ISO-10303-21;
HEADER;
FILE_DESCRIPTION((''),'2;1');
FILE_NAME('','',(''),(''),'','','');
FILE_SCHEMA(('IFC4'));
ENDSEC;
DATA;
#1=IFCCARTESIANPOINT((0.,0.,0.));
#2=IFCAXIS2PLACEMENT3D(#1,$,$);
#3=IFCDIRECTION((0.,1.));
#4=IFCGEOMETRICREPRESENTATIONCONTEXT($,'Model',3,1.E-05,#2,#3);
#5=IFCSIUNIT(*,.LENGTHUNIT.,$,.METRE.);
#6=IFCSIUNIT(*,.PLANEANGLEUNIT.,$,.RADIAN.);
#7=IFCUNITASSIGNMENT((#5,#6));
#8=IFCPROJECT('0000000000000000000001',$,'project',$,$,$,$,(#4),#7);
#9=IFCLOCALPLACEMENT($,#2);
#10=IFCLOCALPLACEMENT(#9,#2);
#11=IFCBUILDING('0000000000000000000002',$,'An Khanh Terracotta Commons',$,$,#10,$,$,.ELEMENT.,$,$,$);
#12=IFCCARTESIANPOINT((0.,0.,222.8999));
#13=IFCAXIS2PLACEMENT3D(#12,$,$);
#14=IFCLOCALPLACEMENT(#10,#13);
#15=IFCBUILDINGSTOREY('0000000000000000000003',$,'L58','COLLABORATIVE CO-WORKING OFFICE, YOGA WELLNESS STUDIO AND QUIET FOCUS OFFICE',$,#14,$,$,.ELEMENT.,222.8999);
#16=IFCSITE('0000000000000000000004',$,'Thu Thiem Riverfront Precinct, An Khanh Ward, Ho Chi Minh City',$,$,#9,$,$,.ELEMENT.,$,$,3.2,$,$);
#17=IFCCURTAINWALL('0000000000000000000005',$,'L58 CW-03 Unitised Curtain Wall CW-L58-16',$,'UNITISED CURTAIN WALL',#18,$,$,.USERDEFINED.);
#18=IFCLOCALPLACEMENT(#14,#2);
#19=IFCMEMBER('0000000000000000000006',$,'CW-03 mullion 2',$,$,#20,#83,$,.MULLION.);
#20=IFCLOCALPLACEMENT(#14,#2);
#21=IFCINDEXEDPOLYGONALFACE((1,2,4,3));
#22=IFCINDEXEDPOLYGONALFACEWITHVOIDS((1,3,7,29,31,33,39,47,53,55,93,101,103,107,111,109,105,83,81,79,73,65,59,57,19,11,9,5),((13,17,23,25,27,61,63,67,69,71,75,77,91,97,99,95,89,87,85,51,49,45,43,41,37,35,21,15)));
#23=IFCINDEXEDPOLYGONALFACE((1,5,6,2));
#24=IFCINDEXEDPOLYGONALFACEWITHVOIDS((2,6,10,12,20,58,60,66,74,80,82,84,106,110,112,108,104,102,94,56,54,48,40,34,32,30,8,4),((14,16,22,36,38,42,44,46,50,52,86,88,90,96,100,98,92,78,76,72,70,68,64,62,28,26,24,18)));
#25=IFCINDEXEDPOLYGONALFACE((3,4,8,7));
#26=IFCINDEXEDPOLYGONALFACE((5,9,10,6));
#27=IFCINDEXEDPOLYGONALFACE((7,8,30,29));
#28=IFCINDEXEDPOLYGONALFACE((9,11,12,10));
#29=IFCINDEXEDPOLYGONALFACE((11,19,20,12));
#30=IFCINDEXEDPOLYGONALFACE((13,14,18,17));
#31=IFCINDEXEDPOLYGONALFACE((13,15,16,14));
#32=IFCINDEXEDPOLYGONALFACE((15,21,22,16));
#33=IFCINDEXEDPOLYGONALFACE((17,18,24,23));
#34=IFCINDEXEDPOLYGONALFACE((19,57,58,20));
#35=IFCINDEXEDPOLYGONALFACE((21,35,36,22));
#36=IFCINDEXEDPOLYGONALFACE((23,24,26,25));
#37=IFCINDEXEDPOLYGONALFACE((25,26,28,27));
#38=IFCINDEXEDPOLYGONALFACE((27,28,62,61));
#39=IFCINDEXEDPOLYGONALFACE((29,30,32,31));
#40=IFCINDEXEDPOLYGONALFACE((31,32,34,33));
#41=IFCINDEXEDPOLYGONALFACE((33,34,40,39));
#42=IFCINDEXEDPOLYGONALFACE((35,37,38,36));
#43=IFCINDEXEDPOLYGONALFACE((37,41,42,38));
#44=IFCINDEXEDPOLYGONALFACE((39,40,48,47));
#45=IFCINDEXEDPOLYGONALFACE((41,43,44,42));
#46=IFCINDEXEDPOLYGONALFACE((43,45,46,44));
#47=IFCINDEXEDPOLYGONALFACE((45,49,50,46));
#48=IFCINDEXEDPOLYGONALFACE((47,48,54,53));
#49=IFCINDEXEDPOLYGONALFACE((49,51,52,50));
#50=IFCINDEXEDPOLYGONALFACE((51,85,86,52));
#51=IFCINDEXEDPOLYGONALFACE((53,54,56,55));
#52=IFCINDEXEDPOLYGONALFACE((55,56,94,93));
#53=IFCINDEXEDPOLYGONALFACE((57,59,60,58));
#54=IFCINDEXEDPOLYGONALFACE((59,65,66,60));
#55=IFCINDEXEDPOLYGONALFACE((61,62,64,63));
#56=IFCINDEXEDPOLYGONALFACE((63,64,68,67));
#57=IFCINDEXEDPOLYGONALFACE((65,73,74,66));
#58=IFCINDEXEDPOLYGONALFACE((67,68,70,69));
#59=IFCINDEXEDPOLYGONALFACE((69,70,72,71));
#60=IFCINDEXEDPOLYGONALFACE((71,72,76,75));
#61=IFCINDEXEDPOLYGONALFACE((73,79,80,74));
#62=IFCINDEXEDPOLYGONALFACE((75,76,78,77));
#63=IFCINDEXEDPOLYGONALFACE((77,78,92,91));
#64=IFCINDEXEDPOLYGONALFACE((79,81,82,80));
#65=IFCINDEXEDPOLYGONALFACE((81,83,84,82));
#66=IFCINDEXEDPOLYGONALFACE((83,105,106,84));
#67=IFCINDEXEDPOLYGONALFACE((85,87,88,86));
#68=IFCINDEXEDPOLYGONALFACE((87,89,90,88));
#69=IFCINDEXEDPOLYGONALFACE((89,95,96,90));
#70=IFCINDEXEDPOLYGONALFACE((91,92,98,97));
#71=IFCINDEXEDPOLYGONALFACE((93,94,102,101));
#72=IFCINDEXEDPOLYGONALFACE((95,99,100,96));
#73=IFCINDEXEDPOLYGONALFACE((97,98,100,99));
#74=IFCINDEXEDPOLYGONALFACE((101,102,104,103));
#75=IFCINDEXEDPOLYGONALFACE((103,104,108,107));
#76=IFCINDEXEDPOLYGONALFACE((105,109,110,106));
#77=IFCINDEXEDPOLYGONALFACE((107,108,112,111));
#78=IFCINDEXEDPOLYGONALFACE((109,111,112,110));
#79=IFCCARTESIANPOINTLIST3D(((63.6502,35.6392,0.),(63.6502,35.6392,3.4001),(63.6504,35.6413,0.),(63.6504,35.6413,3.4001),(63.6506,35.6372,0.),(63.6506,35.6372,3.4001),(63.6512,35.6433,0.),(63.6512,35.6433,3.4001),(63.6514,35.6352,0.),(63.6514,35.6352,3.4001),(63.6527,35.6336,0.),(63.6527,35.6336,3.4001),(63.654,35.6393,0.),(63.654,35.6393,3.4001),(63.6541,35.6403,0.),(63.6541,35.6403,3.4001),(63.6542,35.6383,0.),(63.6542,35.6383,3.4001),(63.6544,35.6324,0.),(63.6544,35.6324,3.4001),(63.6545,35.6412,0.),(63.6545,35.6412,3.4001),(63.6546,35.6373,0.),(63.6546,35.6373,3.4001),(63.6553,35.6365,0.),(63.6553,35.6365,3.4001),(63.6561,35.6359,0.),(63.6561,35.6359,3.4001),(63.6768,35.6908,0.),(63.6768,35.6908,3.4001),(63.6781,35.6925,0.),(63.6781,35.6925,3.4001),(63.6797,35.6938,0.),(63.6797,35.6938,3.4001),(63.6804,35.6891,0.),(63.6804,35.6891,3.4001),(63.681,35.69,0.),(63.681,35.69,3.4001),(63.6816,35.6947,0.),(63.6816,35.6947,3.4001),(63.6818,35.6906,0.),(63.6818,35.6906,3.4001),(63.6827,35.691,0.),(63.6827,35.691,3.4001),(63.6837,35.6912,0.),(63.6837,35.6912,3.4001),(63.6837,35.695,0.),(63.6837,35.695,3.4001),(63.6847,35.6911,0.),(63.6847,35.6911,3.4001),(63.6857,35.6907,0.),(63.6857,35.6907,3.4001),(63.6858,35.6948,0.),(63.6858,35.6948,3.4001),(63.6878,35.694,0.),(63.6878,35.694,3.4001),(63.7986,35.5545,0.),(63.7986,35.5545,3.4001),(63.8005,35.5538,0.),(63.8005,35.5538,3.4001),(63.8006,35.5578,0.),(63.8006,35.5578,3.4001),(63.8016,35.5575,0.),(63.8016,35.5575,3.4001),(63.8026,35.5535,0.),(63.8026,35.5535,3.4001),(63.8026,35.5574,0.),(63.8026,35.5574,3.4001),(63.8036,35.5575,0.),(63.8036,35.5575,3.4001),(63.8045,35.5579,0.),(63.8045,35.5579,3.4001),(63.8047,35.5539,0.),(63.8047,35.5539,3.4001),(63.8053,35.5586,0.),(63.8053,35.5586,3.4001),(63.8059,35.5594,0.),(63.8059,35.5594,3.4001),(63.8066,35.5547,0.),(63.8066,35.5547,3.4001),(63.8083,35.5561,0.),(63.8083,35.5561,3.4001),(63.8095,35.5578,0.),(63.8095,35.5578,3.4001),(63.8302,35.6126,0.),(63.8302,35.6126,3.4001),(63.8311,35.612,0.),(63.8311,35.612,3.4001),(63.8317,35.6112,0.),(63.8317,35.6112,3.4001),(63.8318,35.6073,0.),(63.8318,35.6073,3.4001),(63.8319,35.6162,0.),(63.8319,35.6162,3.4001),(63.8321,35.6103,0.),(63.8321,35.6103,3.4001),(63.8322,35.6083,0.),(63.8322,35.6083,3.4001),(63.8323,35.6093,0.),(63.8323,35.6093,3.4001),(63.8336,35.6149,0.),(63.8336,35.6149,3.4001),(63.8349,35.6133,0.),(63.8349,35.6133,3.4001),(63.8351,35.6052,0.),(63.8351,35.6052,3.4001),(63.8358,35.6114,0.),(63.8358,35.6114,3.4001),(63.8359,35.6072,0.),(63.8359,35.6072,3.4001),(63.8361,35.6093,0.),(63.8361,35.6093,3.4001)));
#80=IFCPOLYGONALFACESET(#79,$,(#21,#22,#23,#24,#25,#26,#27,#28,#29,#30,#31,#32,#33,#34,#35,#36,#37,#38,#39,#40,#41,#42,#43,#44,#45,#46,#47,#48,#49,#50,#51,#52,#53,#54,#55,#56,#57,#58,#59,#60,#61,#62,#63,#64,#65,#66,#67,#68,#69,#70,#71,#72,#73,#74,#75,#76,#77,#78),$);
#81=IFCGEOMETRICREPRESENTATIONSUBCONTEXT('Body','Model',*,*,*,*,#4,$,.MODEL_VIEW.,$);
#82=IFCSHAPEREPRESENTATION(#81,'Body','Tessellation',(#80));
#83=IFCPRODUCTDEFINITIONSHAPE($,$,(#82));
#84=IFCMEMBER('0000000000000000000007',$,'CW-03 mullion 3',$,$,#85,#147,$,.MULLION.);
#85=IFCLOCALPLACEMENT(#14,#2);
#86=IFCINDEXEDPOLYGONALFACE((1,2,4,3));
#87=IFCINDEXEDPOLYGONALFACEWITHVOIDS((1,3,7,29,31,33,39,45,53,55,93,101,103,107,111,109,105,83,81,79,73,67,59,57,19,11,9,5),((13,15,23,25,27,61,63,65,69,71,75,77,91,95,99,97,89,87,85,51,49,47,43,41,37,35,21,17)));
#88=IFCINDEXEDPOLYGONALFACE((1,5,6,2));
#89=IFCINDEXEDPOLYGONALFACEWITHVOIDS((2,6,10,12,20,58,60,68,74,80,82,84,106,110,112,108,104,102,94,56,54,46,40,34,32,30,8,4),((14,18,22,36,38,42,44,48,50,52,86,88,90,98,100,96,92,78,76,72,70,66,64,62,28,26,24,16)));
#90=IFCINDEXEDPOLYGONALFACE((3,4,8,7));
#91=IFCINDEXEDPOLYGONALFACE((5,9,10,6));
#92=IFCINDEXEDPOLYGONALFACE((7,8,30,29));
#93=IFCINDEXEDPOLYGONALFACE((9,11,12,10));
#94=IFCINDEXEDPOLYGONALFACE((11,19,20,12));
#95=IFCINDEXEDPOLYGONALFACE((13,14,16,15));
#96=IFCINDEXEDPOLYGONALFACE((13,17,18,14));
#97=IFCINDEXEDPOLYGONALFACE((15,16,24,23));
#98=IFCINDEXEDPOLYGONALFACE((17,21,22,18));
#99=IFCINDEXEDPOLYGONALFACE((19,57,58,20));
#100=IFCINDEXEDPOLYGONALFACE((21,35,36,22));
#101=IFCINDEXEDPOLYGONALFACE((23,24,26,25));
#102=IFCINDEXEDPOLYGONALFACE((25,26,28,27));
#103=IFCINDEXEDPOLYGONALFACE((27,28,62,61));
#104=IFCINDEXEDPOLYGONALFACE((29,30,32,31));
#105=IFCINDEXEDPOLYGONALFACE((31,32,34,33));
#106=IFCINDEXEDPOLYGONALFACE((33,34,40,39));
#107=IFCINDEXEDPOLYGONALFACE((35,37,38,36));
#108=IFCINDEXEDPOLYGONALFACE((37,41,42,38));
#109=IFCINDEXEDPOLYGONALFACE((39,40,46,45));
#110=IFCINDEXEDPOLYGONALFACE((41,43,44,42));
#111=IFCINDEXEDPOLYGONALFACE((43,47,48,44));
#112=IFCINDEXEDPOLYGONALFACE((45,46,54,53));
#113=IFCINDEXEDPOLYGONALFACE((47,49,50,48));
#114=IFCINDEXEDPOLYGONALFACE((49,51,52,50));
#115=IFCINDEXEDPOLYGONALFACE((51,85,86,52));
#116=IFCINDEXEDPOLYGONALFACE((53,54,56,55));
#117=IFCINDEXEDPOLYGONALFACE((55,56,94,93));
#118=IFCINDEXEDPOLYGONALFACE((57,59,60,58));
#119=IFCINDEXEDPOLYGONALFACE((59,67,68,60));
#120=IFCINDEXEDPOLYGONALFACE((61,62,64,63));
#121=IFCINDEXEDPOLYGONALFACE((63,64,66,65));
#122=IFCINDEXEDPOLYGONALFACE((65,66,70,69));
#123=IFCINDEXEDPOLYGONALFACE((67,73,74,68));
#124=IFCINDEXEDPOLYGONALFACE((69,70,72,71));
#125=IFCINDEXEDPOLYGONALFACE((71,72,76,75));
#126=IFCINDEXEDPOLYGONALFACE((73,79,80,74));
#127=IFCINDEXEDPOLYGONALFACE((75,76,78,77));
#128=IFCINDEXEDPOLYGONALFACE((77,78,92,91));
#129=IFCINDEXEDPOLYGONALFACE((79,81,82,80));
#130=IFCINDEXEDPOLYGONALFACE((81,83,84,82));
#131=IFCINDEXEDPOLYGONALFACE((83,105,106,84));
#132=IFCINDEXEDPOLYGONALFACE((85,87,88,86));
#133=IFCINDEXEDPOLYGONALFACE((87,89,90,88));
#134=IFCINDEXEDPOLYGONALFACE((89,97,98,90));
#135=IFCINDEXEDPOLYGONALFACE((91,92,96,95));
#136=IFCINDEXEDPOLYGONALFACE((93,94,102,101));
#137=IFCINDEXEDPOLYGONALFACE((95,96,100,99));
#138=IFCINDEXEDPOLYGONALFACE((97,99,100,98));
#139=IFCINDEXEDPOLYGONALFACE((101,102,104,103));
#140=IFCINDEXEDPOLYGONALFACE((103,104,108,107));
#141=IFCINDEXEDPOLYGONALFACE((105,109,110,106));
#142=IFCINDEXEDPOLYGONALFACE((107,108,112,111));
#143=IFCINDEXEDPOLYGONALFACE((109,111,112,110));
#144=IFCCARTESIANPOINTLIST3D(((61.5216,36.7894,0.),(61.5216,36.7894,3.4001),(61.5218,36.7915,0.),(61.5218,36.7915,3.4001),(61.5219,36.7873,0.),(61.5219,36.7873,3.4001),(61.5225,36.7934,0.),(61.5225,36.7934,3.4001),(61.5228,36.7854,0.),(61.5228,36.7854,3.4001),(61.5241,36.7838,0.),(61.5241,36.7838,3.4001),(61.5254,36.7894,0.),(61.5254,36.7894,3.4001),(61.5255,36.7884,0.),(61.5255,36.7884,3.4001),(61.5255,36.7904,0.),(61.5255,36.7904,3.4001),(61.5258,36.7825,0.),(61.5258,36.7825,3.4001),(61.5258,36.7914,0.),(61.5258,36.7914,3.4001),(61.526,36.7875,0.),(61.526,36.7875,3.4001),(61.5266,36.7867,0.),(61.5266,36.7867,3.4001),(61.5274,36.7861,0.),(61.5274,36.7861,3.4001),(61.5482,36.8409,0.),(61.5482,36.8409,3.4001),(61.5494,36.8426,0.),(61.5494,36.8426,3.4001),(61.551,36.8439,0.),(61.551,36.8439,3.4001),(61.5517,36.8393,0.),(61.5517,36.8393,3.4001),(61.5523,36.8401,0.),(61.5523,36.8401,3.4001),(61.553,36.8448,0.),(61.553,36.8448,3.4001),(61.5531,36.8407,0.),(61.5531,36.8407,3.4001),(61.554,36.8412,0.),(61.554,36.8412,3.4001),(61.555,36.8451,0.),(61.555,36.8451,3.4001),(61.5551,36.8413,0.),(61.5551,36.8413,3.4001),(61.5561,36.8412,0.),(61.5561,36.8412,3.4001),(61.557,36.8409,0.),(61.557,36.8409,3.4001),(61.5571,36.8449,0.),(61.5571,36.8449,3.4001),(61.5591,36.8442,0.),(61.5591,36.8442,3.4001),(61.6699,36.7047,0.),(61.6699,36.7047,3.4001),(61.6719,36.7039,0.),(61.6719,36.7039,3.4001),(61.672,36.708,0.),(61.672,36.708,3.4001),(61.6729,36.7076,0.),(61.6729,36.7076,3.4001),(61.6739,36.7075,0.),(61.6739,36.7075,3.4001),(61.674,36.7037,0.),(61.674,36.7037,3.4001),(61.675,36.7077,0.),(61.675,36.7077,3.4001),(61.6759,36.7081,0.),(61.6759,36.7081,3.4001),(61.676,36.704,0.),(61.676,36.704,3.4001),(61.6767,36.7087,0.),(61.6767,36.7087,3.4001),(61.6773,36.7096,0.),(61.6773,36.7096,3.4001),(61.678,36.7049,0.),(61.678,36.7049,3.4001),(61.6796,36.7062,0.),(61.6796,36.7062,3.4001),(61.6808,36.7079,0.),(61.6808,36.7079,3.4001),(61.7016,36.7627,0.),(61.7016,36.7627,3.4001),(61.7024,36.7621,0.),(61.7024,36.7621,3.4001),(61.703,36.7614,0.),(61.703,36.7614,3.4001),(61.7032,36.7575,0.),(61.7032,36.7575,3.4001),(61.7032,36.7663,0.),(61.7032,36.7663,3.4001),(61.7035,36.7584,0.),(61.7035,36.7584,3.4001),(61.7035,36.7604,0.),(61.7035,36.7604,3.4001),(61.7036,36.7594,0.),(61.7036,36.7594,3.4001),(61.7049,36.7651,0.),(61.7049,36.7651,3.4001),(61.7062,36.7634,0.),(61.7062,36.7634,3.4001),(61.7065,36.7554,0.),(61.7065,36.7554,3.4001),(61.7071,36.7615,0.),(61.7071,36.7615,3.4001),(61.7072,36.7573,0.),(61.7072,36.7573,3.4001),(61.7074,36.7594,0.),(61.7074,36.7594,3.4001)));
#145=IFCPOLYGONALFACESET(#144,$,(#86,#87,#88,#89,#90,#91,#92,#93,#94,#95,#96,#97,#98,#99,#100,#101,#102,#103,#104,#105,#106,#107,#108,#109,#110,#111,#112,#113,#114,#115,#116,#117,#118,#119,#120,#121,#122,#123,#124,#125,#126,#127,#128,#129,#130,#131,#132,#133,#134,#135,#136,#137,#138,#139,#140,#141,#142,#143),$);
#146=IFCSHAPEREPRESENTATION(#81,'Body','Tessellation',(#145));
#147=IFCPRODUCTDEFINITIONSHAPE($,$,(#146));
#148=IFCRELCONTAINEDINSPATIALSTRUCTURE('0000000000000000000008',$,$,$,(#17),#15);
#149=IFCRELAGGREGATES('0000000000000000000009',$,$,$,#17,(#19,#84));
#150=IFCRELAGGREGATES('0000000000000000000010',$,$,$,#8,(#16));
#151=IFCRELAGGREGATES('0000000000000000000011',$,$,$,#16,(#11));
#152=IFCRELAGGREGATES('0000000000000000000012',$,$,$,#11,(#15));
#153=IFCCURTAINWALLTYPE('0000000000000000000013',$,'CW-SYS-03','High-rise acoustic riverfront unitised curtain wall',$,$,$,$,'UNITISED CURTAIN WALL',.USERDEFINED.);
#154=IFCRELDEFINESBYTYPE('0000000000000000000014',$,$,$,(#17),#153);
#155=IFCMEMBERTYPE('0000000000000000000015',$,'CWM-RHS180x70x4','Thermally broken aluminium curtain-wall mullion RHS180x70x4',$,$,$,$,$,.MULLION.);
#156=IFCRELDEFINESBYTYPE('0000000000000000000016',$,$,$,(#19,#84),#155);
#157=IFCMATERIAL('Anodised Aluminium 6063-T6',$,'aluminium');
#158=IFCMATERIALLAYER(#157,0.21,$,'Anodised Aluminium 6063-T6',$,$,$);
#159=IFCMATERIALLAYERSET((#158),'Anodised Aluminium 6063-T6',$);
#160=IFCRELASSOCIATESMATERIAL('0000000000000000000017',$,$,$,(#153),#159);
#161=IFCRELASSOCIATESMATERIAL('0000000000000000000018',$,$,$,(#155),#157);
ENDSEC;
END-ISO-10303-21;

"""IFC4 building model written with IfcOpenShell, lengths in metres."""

from ifc_helpers import new_model, si_unit, direction, frame, origin, origin_2d, place, context, subcontext, project, spatial, hollow_rectangle, extrude, material, layer, layer_set, material_profile, profile_set, type_object, element, aggregate, save


model = new_model("IFC4")

# Units and contexts
model_context = context("Model", 3, precision=1e-05, world=origin(), true_north=direction((0.0, 1.0)))
body_context = subcontext(model_context, "Body", "Model", "MODEL_VIEW")
ifc_project = project(units=[si_unit("LENGTHUNIT", "METRE"), si_unit("PLANEANGLEUNIT", "RADIAN")], contexts=[model_context])

# Site, building, storey
site_placement = place(None, origin())
site = spatial("IfcSite", under=ifc_project, at=site_placement, Name="Thu Thiem Riverfront Precinct, An Khanh Ward, Ho Chi Minh City", CompositionType="ELEMENT", RefElevation=3.2)
building_placement = place(site_placement, origin())
building = spatial("IfcBuilding", under=site, at=building_placement, Name="An Khanh Terracotta Commons", CompositionType="ELEMENT")
storey_placement = place(building_placement, frame((0.0, 0.0, 222.8999)))
storey = spatial("IfcBuildingStorey", under=building, at=storey_placement, Name="L58", Description="COLLABORATIVE CO-WORKING OFFICE, YOGA WELLNESS STUDIO AND QUIET FOCUS OFFICE", CompositionType="ELEMENT", Elevation=222.8999)

# Curtain wall, members
ifc_material_1 = material(Name="Anodised Aluminium 6063-T6", Category="aluminium")
ifc_layer_1 = layer(ifc_material_1, 0.21, Name="Anodised Aluminium 6063-T6")
ifc_layer_set_1 = layer_set([ifc_layer_1], Name="Anodised Aluminium 6063-T6")
curtain_wall_type = type_object("IfcCurtainWallType", Name="CW-SYS-03", Description="High-rise acoustic riverfront unitised curtain wall", ElementType="UNITISED CURTAIN WALL", PredefinedType="USERDEFINED", material=ifc_layer_set_1)
ifc_material_profile_1 = material_profile(ifc_material_1, hollow_rectangle(XDim=0.0701, YDim=0.1799, WallThickness=0.0039, InnerFilletRadius=0.0039, OuterFilletRadius=0.0081, at=origin_2d()), Name="RHS180x70x4")
ifc_profile_set_1 = profile_set([ifc_material_profile_1], Name="Anodised Aluminium 6063-T6")
member_type_1 = type_object("IfcMemberType", Name="CWM-RHS180x70x4", Description="Thermally broken aluminium curtain-wall mullion RHS180x70x4", PredefinedType="MULLION", material=ifc_profile_set_1)
curtain_wall_1_placement = place(storey_placement, origin())
curtain_wall_1 = element("IfcCurtainWall", 1, at=curtain_wall_1_placement, inside=storey, type_object=curtain_wall_type, Name="L58 CW-03 Unitised Curtain Wall CW-L58-16", ObjectType="UNITISED CURTAIN WALL", PredefinedType="USERDEFINED")
member_1_placement = place(storey_placement, frame((63.7432, 35.6243, 0.0), z_axis=(0.0, 0.0, 1.0), x_axis=(-0.475381, -0.87978, 0.0)))
member_1 = element("IfcMember", 2, at=member_1_placement, type_object=member_type_1, Name="CW-03 mullion 2", PredefinedType="MULLION", context=body_context, shape_type="SweptSolid", body=[
    extrude(hollow_rectangle(XDim=0.0701, YDim=0.1799, WallThickness=0.0039, InnerFilletRadius=0.0039, OuterFilletRadius=0.0081, at=origin_2d()), origin(), (0.0, 0.0, 1.0), 3.4001),
])
member_2_placement = place(storey_placement, frame((61.6145, 36.7744, 0.0), z_axis=(0.0, 0.0, 1.0), x_axis=(-0.475381, -0.87978, 0.0)))
member_2 = element("IfcMember", 3, at=member_2_placement, type_object=member_type_1, Name="CW-03 mullion 3", PredefinedType="MULLION", context=body_context, shape_type="SweptSolid", body=[
    extrude(hollow_rectangle(XDim=0.0701, YDim=0.1799, WallThickness=0.0039, InnerFilletRadius=0.0039, OuterFilletRadius=0.0081, at=origin_2d()), origin(), (0.0, 0.0, 1.0), 3.4001),
])

aggregate(curtain_wall_1, [member_1, member_2])

save(model, "model.ifc")
